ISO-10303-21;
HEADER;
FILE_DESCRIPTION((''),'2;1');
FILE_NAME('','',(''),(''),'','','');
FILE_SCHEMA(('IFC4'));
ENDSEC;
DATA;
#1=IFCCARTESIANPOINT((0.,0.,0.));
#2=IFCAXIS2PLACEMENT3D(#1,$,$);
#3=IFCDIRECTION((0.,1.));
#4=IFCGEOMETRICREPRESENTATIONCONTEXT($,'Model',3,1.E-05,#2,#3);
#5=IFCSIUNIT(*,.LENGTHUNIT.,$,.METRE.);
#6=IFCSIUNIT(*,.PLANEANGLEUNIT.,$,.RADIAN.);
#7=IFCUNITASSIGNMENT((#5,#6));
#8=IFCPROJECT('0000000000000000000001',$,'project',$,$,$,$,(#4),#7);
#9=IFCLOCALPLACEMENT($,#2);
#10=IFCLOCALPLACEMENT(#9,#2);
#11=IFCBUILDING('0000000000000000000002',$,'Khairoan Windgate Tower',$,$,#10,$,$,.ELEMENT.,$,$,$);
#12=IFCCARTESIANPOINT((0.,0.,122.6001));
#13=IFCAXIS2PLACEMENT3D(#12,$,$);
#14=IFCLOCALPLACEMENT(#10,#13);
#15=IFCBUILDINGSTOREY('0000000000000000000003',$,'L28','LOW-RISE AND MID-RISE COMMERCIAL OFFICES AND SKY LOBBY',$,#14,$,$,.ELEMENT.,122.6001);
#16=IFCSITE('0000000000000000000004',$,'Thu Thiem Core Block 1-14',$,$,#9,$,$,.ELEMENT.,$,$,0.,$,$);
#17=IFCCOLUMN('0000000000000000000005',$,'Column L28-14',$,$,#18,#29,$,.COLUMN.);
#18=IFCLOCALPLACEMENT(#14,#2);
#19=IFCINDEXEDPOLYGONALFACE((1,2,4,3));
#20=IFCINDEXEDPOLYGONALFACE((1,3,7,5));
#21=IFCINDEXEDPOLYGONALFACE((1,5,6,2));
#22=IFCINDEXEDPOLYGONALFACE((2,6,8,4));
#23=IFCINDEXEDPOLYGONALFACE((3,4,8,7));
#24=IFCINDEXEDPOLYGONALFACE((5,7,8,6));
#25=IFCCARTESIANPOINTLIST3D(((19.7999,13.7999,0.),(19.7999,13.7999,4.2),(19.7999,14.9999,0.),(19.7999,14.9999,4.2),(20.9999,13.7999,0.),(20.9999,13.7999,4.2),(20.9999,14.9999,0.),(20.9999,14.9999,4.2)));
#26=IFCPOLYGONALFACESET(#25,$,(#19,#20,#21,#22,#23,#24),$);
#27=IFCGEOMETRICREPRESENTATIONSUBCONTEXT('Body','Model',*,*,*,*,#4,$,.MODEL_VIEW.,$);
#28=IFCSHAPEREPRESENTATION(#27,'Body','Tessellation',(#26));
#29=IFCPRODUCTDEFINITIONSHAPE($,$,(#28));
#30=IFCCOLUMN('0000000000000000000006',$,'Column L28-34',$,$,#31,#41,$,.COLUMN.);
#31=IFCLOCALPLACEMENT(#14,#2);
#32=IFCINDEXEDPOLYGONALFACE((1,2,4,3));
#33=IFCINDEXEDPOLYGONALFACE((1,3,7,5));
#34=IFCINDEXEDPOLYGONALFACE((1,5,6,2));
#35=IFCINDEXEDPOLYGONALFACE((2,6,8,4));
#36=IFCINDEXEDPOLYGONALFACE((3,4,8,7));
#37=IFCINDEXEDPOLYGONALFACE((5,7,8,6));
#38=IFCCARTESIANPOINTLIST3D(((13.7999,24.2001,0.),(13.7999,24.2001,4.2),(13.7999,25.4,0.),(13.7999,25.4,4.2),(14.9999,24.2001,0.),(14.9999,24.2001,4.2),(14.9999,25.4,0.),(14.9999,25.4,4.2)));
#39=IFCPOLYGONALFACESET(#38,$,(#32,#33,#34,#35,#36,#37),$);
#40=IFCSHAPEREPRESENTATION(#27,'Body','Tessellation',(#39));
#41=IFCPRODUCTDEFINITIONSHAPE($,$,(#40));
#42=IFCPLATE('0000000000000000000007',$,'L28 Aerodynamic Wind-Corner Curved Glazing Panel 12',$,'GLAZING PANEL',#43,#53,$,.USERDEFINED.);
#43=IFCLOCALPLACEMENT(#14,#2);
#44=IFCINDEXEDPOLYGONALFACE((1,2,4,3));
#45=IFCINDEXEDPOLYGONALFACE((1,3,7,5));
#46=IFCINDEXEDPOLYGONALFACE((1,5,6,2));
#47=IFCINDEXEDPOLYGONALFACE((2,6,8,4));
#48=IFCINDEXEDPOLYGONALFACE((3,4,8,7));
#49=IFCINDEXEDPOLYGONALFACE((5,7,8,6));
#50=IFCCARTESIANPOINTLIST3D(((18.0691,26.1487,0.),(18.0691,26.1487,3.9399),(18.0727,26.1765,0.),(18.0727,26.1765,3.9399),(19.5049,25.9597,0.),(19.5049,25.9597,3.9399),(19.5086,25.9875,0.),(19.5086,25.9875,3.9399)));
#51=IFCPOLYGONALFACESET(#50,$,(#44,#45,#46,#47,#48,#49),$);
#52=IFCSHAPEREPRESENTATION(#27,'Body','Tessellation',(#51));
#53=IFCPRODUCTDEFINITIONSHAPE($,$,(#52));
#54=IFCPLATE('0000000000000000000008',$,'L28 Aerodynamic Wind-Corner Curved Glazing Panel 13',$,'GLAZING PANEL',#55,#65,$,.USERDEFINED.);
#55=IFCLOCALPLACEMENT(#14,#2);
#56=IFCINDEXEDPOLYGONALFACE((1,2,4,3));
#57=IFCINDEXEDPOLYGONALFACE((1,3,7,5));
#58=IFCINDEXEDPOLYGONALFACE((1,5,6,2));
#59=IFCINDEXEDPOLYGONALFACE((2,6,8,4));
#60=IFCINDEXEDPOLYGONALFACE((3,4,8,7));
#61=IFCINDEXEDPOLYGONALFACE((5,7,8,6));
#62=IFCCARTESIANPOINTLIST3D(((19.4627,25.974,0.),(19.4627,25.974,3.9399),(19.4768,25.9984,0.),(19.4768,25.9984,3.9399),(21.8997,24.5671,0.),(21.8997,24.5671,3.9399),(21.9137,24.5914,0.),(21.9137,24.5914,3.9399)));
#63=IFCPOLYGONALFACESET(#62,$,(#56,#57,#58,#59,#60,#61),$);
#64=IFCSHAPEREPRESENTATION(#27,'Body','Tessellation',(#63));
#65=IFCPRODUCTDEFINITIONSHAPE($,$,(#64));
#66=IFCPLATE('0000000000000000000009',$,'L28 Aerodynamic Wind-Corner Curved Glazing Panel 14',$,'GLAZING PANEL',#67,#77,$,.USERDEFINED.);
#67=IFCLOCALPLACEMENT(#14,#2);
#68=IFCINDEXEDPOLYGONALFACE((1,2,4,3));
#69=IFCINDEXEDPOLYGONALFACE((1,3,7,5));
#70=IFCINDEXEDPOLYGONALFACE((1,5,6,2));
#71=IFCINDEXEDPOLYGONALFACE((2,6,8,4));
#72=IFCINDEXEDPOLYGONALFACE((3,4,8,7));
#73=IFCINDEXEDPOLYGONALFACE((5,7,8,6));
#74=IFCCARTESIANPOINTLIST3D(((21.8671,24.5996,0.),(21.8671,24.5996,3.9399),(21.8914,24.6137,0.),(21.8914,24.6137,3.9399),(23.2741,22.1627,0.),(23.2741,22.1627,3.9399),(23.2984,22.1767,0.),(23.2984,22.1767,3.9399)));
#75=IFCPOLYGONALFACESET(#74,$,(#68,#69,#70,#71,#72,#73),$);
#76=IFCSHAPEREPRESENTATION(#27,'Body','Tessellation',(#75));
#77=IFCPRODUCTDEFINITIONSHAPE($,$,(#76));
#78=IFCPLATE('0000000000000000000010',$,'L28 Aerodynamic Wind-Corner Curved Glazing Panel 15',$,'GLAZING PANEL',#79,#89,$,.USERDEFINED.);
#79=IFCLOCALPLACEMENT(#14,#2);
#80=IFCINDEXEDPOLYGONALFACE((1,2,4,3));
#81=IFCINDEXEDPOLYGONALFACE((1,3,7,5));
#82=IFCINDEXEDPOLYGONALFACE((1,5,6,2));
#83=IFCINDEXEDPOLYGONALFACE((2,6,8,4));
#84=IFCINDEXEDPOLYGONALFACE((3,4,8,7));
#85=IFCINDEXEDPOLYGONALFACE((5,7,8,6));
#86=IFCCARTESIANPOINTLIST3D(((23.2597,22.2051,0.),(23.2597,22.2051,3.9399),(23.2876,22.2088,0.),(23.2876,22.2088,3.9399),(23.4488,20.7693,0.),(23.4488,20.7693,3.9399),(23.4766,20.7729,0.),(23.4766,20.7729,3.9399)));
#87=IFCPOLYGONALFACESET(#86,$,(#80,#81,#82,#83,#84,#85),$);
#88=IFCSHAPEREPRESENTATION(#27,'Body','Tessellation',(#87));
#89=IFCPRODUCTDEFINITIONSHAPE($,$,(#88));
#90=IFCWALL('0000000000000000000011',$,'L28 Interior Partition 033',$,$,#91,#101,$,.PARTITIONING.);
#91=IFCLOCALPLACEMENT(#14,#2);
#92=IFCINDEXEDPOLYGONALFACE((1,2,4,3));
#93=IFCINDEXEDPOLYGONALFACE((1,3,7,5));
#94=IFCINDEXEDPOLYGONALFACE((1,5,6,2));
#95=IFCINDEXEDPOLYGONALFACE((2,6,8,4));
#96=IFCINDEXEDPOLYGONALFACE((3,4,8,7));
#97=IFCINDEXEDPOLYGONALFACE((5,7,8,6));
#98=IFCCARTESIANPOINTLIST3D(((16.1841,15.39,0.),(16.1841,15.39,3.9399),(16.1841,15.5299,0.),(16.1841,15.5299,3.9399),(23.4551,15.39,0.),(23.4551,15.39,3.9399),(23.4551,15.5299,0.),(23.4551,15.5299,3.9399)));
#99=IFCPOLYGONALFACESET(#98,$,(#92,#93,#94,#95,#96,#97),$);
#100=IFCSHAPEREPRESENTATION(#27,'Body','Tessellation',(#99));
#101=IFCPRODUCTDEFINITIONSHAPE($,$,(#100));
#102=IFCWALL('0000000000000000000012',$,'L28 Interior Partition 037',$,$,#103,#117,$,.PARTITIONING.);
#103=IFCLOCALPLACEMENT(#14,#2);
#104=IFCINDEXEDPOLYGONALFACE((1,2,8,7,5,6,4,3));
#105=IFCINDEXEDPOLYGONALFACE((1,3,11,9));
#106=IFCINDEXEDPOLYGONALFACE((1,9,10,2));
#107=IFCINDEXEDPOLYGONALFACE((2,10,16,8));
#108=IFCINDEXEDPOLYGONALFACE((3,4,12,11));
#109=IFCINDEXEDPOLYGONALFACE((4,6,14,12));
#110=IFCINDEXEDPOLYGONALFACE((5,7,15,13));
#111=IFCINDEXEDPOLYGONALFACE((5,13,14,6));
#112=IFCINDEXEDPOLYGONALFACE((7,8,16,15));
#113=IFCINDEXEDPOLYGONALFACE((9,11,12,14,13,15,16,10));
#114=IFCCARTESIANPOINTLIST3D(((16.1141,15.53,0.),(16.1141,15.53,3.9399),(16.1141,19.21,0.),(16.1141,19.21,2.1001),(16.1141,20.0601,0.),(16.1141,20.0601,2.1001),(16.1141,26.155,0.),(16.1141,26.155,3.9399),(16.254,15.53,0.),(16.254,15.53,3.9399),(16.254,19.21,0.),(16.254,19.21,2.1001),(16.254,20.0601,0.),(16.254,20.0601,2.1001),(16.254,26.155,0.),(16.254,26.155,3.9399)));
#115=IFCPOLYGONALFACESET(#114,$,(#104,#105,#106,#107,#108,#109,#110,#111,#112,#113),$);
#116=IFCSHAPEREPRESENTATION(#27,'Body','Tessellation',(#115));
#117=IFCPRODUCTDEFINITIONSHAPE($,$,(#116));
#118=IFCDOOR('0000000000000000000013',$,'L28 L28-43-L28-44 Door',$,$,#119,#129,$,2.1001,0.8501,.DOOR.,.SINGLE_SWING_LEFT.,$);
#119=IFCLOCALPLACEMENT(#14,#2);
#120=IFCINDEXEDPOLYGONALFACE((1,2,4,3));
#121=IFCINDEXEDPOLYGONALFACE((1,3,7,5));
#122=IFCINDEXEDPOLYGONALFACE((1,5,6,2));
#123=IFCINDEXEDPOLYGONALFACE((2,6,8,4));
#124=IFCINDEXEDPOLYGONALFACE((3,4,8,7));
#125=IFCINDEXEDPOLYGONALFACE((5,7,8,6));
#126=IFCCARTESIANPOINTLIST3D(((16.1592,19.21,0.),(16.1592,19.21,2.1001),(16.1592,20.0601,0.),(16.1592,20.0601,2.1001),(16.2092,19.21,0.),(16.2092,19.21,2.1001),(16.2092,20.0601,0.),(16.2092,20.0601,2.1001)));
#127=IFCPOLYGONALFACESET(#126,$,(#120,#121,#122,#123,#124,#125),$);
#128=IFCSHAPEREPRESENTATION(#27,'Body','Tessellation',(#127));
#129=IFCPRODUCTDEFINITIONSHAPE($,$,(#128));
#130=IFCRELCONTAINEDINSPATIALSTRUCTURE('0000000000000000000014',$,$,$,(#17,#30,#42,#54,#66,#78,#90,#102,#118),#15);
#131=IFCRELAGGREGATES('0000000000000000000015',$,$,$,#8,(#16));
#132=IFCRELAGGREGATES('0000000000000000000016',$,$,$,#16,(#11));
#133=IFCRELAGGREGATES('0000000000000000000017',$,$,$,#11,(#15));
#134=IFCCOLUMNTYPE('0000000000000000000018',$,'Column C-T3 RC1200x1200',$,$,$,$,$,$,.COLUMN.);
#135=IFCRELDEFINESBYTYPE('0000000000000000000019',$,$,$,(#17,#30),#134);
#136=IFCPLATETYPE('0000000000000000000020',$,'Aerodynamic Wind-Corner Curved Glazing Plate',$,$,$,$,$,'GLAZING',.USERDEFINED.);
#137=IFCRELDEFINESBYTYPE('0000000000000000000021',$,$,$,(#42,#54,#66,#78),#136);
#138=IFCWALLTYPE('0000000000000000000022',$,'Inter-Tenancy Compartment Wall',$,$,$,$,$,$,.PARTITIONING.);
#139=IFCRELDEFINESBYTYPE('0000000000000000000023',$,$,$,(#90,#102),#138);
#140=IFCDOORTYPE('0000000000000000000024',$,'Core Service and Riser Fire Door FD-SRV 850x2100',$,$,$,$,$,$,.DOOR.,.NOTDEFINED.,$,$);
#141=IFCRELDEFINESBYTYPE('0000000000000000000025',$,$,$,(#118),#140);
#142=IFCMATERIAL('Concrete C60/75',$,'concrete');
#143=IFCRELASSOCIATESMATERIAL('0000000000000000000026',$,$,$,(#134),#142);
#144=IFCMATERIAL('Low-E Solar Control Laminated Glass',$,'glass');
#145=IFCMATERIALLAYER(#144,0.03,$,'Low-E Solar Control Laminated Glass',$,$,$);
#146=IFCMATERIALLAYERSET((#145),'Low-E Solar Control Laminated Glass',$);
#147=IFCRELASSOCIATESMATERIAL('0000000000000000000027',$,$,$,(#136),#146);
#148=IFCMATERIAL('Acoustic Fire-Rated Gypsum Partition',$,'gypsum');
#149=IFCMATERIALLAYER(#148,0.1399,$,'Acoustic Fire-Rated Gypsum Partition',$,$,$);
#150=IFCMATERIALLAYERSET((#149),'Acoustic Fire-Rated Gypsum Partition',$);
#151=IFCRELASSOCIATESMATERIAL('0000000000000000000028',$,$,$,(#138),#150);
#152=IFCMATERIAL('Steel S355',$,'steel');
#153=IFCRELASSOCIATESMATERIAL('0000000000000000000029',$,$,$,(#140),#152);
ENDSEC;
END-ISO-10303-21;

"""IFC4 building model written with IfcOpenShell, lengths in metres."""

from ifc_helpers import new_model, si_unit, direction, frame, frame_2d, origin, origin_2d, place, context, subcontext, project, spatial, rectangle, extrude, material, layer, layer_set, material_profile, profile_set, type_object, element, fill, save


model = new_model("IFC4")

# Units and contexts
model_context = context("Model", 3, precision=1e-05, world=origin(), true_north=direction((0.0, 1.0)))
body_context = subcontext(model_context, "Body", "Model", "MODEL_VIEW")
ifc_project = project(units=[si_unit("LENGTHUNIT", "METRE"), si_unit("PLANEANGLEUNIT", "RADIAN")], contexts=[model_context])

# Site, building, storey
site_placement = place(None, origin())
site = spatial("IfcSite", under=ifc_project, at=site_placement, Name="Thu Thiem Core Block 1-14", CompositionType="ELEMENT", RefElevation=0.0)
building_placement = place(site_placement, origin())
building = spatial("IfcBuilding", under=site, at=building_placement, Name="Khairoan Windgate Tower", CompositionType="ELEMENT")
storey_placement = place(building_placement, frame((0.0, 0.0, 122.6001)))
storey = spatial("IfcBuildingStorey", under=building, at=storey_placement, Name="L28", Description="LOW-RISE AND MID-RISE COMMERCIAL OFFICES AND SKY LOBBY", CompositionType="ELEMENT", Elevation=122.6001)

# Columns
ifc_material_1 = material(Name="Concrete C60/75", Category="concrete")
ifc_material_profile_1 = material_profile(ifc_material_1, rectangle(XDim=1.2, YDim=1.2, at=origin_2d()))
ifc_profile_set_1 = profile_set([ifc_material_profile_1], Name="Concrete C60/75")
column_type = type_object("IfcColumnType", Name="Column C-T3 RC1200x1200", PredefinedType="COLUMN", material=ifc_profile_set_1)
for number, where, z_axis, x_axis, name in (
    (1, (20.3999, 14.3999, 0.0), (0.0, 0.0, 1.0), (1.0, 0.0, 0.0), "Column L28-14"),
    (2, (14.3999, 24.8, 0.0), (0.0, 0.0, 1.0), (1.0, 0.0, 0.0), "Column L28-34"),
):
    element("IfcColumn", number, at=place(storey_placement, frame(where, z_axis=z_axis, x_axis=x_axis)), inside=storey, type_object=column_type, Name=name, PredefinedType="COLUMN", context=body_context, shape_type="SweptSolid", body=[
        extrude(rectangle(XDim=1.2, YDim=1.2, at=origin_2d()), origin(), (0.0, 0.0, 1.0), 4.2),
    ])

# Plates
ifc_material_2 = material(Name="Low-E Solar Control Laminated Glass", Category="glass")
ifc_layer_1 = layer(ifc_material_2, 0.03, Name="Low-E Solar Control Laminated Glass")
ifc_layer_set_1 = layer_set([ifc_layer_1], Name="Low-E Solar Control Laminated Glass")
plate_type_1 = type_object("IfcPlateType", Name="Aerodynamic Wind-Corner Curved Glazing Plate", ElementType="GLAZING", PredefinedType="USERDEFINED", material=ifc_layer_set_1)
plate_1_placement = place(storey_placement, frame((18.7888, 26.0681, 0.0), z_axis=(0.0, 0.0, 1.0), x_axis=(0.991445, -0.130526, 0.0)))
element("IfcPlate", 3, at=plate_1_placement, inside=storey, type_object=plate_type_1, Name="L28 Aerodynamic Wind-Corner Curved Glazing Panel 12", ObjectType="GLAZING PANEL", PredefinedType="USERDEFINED", context=body_context, shape_type="SweptSolid", body=[
    extrude(rectangle(XDim=1.4482, YDim=0.0281, at=origin_2d()), origin(), (0.0, 0.0, 1.0), 3.9399),
])
for number, where, z_axis, x_axis, name in (
    (4, (20.6882, 25.2827, 0.0), (0.0, 0.0, 1.0), (0.866025, -0.5, 0.0), "L28 Aerodynamic Wind-Corner Curved Glazing Panel 13"),
    (5, (22.5828, 23.3882, 0.0), (0.0, 0.0, 1.0), (0.5, -0.866025, 0.0), "L28 Aerodynamic Wind-Corner Curved Glazing Panel 14"),
):
    element("IfcPlate", number, at=place(storey_placement, frame(where, z_axis=z_axis, x_axis=x_axis)), inside=storey, type_object=plate_type_1, Name=name, ObjectType="GLAZING PANEL", PredefinedType="USERDEFINED", context=body_context, shape_type="SweptSolid", body=[
        extrude(rectangle(XDim=2.814, YDim=0.0281, at=origin_2d()), origin(), (0.0, 0.0, 1.0), 3.9399),
    ])
plate_2_placement = place(storey_placement, frame((23.3682, 21.489, 0.0), z_axis=(0.0, 0.0, 1.0), x_axis=(0.130526, -0.991445, 0.0)))
element("IfcPlate", 6, at=plate_2_placement, inside=storey, type_object=plate_type_1, Name="L28 Aerodynamic Wind-Corner Curved Glazing Panel 15", ObjectType="GLAZING PANEL", PredefinedType="USERDEFINED", context=body_context, shape_type="SweptSolid", body=[
    extrude(rectangle(XDim=1.4482, YDim=0.0281, at=origin_2d()), origin(), (0.0, 0.0, 1.0), 3.9399),
])

# Wall
ifc_material_3 = material(Name="Acoustic Fire-Rated Gypsum Partition", Category="gypsum")
ifc_layer_2 = layer(ifc_material_3, 0.1399, Name="Acoustic Fire-Rated Gypsum Partition")
ifc_layer_set_2 = layer_set([ifc_layer_2], Name="Acoustic Fire-Rated Gypsum Partition")
wall_type = type_object("IfcWallType", Name="Inter-Tenancy Compartment Wall", PredefinedType="PARTITIONING", material=ifc_layer_set_2)
wall_1_placement = place(storey_placement, frame((16.1841, 15.46, 0.0), z_axis=(0.0, 0.0, 1.0), x_axis=(1.0, 0.0, 0.0)))
element("IfcWall", 7, at=wall_1_placement, inside=storey, type_object=wall_type, Name="L28 Interior Partition 033", PredefinedType="PARTITIONING", context=body_context, shape_type="SweptSolid", body=[
    extrude(rectangle(XDim=7.271, YDim=0.1399, at=frame_2d((3.6355, 0.0))), origin(), (0.0, 0.0, 1.0), 3.9399),
])

# Wall, opening, door
wall_2_placement = place(storey_placement, frame((16.1841, 15.53, 0.0), z_axis=(0.0, 0.0, 1.0), x_axis=(0.0, 1.0, 0.0)))
wall_2 = element("IfcWall", 8, at=wall_2_placement, inside=storey, type_object=wall_type, Name="L28 Interior Partition 037", PredefinedType="PARTITIONING", context=body_context, shape_type="SweptSolid", body=[
    extrude(rectangle(XDim=10.625, YDim=0.1399, at=frame_2d((5.3125, 0.0))), origin(), (0.0, 0.0, 1.0), 3.9399),
])
opening_placement = place(wall_2_placement, frame((3.6799, 0.0, 0.0)))
opening = element("IfcOpeningElement", 9, at=opening_placement, cuts=wall_2, PredefinedType="OPENING", context=body_context, shape_type="SweptSolid", body=[
    extrude(rectangle(XDim=0.8501, YDim=2.1001, at=frame_2d((0.425, 1.05))), frame((0.0, 0.0798, 0.0), z_axis=(0.0, -1.0, 0.0), x_axis=(1.0, 0.0, 0.0)), (0.0, 0.0, 1.0), 0.1599),
])
ifc_material_4 = material(Name="Steel S355", Category="steel")
door_type = type_object("IfcDoorType", Name="Core Service and Riser Fire Door FD-SRV 850x2100", OperationType="NOTDEFINED", PredefinedType="DOOR", material=ifc_material_4)
door_placement = place(opening_placement, origin())
door = element("IfcDoor", 10, at=door_placement, inside=storey, type_object=door_type, Name="L28 L28-43-L28-44 Door", OperationType="SINGLE_SWING_LEFT", OverallHeight=2.1001, OverallWidth=0.8501, PredefinedType="DOOR", context=body_context, shape_type="SweptSolid", body=[
    extrude(rectangle(XDim=0.8501, YDim=2.1001, at=frame_2d((0.425, 1.05))), frame((0.0, 0.0249, 0.0), z_axis=(0.0, -1.0, 0.0), x_axis=(1.0, 0.0, 0.0)), (0.0, 0.0, 1.0), 0.05),
])
fill(opening, door)

save(model, "model.ifc")
